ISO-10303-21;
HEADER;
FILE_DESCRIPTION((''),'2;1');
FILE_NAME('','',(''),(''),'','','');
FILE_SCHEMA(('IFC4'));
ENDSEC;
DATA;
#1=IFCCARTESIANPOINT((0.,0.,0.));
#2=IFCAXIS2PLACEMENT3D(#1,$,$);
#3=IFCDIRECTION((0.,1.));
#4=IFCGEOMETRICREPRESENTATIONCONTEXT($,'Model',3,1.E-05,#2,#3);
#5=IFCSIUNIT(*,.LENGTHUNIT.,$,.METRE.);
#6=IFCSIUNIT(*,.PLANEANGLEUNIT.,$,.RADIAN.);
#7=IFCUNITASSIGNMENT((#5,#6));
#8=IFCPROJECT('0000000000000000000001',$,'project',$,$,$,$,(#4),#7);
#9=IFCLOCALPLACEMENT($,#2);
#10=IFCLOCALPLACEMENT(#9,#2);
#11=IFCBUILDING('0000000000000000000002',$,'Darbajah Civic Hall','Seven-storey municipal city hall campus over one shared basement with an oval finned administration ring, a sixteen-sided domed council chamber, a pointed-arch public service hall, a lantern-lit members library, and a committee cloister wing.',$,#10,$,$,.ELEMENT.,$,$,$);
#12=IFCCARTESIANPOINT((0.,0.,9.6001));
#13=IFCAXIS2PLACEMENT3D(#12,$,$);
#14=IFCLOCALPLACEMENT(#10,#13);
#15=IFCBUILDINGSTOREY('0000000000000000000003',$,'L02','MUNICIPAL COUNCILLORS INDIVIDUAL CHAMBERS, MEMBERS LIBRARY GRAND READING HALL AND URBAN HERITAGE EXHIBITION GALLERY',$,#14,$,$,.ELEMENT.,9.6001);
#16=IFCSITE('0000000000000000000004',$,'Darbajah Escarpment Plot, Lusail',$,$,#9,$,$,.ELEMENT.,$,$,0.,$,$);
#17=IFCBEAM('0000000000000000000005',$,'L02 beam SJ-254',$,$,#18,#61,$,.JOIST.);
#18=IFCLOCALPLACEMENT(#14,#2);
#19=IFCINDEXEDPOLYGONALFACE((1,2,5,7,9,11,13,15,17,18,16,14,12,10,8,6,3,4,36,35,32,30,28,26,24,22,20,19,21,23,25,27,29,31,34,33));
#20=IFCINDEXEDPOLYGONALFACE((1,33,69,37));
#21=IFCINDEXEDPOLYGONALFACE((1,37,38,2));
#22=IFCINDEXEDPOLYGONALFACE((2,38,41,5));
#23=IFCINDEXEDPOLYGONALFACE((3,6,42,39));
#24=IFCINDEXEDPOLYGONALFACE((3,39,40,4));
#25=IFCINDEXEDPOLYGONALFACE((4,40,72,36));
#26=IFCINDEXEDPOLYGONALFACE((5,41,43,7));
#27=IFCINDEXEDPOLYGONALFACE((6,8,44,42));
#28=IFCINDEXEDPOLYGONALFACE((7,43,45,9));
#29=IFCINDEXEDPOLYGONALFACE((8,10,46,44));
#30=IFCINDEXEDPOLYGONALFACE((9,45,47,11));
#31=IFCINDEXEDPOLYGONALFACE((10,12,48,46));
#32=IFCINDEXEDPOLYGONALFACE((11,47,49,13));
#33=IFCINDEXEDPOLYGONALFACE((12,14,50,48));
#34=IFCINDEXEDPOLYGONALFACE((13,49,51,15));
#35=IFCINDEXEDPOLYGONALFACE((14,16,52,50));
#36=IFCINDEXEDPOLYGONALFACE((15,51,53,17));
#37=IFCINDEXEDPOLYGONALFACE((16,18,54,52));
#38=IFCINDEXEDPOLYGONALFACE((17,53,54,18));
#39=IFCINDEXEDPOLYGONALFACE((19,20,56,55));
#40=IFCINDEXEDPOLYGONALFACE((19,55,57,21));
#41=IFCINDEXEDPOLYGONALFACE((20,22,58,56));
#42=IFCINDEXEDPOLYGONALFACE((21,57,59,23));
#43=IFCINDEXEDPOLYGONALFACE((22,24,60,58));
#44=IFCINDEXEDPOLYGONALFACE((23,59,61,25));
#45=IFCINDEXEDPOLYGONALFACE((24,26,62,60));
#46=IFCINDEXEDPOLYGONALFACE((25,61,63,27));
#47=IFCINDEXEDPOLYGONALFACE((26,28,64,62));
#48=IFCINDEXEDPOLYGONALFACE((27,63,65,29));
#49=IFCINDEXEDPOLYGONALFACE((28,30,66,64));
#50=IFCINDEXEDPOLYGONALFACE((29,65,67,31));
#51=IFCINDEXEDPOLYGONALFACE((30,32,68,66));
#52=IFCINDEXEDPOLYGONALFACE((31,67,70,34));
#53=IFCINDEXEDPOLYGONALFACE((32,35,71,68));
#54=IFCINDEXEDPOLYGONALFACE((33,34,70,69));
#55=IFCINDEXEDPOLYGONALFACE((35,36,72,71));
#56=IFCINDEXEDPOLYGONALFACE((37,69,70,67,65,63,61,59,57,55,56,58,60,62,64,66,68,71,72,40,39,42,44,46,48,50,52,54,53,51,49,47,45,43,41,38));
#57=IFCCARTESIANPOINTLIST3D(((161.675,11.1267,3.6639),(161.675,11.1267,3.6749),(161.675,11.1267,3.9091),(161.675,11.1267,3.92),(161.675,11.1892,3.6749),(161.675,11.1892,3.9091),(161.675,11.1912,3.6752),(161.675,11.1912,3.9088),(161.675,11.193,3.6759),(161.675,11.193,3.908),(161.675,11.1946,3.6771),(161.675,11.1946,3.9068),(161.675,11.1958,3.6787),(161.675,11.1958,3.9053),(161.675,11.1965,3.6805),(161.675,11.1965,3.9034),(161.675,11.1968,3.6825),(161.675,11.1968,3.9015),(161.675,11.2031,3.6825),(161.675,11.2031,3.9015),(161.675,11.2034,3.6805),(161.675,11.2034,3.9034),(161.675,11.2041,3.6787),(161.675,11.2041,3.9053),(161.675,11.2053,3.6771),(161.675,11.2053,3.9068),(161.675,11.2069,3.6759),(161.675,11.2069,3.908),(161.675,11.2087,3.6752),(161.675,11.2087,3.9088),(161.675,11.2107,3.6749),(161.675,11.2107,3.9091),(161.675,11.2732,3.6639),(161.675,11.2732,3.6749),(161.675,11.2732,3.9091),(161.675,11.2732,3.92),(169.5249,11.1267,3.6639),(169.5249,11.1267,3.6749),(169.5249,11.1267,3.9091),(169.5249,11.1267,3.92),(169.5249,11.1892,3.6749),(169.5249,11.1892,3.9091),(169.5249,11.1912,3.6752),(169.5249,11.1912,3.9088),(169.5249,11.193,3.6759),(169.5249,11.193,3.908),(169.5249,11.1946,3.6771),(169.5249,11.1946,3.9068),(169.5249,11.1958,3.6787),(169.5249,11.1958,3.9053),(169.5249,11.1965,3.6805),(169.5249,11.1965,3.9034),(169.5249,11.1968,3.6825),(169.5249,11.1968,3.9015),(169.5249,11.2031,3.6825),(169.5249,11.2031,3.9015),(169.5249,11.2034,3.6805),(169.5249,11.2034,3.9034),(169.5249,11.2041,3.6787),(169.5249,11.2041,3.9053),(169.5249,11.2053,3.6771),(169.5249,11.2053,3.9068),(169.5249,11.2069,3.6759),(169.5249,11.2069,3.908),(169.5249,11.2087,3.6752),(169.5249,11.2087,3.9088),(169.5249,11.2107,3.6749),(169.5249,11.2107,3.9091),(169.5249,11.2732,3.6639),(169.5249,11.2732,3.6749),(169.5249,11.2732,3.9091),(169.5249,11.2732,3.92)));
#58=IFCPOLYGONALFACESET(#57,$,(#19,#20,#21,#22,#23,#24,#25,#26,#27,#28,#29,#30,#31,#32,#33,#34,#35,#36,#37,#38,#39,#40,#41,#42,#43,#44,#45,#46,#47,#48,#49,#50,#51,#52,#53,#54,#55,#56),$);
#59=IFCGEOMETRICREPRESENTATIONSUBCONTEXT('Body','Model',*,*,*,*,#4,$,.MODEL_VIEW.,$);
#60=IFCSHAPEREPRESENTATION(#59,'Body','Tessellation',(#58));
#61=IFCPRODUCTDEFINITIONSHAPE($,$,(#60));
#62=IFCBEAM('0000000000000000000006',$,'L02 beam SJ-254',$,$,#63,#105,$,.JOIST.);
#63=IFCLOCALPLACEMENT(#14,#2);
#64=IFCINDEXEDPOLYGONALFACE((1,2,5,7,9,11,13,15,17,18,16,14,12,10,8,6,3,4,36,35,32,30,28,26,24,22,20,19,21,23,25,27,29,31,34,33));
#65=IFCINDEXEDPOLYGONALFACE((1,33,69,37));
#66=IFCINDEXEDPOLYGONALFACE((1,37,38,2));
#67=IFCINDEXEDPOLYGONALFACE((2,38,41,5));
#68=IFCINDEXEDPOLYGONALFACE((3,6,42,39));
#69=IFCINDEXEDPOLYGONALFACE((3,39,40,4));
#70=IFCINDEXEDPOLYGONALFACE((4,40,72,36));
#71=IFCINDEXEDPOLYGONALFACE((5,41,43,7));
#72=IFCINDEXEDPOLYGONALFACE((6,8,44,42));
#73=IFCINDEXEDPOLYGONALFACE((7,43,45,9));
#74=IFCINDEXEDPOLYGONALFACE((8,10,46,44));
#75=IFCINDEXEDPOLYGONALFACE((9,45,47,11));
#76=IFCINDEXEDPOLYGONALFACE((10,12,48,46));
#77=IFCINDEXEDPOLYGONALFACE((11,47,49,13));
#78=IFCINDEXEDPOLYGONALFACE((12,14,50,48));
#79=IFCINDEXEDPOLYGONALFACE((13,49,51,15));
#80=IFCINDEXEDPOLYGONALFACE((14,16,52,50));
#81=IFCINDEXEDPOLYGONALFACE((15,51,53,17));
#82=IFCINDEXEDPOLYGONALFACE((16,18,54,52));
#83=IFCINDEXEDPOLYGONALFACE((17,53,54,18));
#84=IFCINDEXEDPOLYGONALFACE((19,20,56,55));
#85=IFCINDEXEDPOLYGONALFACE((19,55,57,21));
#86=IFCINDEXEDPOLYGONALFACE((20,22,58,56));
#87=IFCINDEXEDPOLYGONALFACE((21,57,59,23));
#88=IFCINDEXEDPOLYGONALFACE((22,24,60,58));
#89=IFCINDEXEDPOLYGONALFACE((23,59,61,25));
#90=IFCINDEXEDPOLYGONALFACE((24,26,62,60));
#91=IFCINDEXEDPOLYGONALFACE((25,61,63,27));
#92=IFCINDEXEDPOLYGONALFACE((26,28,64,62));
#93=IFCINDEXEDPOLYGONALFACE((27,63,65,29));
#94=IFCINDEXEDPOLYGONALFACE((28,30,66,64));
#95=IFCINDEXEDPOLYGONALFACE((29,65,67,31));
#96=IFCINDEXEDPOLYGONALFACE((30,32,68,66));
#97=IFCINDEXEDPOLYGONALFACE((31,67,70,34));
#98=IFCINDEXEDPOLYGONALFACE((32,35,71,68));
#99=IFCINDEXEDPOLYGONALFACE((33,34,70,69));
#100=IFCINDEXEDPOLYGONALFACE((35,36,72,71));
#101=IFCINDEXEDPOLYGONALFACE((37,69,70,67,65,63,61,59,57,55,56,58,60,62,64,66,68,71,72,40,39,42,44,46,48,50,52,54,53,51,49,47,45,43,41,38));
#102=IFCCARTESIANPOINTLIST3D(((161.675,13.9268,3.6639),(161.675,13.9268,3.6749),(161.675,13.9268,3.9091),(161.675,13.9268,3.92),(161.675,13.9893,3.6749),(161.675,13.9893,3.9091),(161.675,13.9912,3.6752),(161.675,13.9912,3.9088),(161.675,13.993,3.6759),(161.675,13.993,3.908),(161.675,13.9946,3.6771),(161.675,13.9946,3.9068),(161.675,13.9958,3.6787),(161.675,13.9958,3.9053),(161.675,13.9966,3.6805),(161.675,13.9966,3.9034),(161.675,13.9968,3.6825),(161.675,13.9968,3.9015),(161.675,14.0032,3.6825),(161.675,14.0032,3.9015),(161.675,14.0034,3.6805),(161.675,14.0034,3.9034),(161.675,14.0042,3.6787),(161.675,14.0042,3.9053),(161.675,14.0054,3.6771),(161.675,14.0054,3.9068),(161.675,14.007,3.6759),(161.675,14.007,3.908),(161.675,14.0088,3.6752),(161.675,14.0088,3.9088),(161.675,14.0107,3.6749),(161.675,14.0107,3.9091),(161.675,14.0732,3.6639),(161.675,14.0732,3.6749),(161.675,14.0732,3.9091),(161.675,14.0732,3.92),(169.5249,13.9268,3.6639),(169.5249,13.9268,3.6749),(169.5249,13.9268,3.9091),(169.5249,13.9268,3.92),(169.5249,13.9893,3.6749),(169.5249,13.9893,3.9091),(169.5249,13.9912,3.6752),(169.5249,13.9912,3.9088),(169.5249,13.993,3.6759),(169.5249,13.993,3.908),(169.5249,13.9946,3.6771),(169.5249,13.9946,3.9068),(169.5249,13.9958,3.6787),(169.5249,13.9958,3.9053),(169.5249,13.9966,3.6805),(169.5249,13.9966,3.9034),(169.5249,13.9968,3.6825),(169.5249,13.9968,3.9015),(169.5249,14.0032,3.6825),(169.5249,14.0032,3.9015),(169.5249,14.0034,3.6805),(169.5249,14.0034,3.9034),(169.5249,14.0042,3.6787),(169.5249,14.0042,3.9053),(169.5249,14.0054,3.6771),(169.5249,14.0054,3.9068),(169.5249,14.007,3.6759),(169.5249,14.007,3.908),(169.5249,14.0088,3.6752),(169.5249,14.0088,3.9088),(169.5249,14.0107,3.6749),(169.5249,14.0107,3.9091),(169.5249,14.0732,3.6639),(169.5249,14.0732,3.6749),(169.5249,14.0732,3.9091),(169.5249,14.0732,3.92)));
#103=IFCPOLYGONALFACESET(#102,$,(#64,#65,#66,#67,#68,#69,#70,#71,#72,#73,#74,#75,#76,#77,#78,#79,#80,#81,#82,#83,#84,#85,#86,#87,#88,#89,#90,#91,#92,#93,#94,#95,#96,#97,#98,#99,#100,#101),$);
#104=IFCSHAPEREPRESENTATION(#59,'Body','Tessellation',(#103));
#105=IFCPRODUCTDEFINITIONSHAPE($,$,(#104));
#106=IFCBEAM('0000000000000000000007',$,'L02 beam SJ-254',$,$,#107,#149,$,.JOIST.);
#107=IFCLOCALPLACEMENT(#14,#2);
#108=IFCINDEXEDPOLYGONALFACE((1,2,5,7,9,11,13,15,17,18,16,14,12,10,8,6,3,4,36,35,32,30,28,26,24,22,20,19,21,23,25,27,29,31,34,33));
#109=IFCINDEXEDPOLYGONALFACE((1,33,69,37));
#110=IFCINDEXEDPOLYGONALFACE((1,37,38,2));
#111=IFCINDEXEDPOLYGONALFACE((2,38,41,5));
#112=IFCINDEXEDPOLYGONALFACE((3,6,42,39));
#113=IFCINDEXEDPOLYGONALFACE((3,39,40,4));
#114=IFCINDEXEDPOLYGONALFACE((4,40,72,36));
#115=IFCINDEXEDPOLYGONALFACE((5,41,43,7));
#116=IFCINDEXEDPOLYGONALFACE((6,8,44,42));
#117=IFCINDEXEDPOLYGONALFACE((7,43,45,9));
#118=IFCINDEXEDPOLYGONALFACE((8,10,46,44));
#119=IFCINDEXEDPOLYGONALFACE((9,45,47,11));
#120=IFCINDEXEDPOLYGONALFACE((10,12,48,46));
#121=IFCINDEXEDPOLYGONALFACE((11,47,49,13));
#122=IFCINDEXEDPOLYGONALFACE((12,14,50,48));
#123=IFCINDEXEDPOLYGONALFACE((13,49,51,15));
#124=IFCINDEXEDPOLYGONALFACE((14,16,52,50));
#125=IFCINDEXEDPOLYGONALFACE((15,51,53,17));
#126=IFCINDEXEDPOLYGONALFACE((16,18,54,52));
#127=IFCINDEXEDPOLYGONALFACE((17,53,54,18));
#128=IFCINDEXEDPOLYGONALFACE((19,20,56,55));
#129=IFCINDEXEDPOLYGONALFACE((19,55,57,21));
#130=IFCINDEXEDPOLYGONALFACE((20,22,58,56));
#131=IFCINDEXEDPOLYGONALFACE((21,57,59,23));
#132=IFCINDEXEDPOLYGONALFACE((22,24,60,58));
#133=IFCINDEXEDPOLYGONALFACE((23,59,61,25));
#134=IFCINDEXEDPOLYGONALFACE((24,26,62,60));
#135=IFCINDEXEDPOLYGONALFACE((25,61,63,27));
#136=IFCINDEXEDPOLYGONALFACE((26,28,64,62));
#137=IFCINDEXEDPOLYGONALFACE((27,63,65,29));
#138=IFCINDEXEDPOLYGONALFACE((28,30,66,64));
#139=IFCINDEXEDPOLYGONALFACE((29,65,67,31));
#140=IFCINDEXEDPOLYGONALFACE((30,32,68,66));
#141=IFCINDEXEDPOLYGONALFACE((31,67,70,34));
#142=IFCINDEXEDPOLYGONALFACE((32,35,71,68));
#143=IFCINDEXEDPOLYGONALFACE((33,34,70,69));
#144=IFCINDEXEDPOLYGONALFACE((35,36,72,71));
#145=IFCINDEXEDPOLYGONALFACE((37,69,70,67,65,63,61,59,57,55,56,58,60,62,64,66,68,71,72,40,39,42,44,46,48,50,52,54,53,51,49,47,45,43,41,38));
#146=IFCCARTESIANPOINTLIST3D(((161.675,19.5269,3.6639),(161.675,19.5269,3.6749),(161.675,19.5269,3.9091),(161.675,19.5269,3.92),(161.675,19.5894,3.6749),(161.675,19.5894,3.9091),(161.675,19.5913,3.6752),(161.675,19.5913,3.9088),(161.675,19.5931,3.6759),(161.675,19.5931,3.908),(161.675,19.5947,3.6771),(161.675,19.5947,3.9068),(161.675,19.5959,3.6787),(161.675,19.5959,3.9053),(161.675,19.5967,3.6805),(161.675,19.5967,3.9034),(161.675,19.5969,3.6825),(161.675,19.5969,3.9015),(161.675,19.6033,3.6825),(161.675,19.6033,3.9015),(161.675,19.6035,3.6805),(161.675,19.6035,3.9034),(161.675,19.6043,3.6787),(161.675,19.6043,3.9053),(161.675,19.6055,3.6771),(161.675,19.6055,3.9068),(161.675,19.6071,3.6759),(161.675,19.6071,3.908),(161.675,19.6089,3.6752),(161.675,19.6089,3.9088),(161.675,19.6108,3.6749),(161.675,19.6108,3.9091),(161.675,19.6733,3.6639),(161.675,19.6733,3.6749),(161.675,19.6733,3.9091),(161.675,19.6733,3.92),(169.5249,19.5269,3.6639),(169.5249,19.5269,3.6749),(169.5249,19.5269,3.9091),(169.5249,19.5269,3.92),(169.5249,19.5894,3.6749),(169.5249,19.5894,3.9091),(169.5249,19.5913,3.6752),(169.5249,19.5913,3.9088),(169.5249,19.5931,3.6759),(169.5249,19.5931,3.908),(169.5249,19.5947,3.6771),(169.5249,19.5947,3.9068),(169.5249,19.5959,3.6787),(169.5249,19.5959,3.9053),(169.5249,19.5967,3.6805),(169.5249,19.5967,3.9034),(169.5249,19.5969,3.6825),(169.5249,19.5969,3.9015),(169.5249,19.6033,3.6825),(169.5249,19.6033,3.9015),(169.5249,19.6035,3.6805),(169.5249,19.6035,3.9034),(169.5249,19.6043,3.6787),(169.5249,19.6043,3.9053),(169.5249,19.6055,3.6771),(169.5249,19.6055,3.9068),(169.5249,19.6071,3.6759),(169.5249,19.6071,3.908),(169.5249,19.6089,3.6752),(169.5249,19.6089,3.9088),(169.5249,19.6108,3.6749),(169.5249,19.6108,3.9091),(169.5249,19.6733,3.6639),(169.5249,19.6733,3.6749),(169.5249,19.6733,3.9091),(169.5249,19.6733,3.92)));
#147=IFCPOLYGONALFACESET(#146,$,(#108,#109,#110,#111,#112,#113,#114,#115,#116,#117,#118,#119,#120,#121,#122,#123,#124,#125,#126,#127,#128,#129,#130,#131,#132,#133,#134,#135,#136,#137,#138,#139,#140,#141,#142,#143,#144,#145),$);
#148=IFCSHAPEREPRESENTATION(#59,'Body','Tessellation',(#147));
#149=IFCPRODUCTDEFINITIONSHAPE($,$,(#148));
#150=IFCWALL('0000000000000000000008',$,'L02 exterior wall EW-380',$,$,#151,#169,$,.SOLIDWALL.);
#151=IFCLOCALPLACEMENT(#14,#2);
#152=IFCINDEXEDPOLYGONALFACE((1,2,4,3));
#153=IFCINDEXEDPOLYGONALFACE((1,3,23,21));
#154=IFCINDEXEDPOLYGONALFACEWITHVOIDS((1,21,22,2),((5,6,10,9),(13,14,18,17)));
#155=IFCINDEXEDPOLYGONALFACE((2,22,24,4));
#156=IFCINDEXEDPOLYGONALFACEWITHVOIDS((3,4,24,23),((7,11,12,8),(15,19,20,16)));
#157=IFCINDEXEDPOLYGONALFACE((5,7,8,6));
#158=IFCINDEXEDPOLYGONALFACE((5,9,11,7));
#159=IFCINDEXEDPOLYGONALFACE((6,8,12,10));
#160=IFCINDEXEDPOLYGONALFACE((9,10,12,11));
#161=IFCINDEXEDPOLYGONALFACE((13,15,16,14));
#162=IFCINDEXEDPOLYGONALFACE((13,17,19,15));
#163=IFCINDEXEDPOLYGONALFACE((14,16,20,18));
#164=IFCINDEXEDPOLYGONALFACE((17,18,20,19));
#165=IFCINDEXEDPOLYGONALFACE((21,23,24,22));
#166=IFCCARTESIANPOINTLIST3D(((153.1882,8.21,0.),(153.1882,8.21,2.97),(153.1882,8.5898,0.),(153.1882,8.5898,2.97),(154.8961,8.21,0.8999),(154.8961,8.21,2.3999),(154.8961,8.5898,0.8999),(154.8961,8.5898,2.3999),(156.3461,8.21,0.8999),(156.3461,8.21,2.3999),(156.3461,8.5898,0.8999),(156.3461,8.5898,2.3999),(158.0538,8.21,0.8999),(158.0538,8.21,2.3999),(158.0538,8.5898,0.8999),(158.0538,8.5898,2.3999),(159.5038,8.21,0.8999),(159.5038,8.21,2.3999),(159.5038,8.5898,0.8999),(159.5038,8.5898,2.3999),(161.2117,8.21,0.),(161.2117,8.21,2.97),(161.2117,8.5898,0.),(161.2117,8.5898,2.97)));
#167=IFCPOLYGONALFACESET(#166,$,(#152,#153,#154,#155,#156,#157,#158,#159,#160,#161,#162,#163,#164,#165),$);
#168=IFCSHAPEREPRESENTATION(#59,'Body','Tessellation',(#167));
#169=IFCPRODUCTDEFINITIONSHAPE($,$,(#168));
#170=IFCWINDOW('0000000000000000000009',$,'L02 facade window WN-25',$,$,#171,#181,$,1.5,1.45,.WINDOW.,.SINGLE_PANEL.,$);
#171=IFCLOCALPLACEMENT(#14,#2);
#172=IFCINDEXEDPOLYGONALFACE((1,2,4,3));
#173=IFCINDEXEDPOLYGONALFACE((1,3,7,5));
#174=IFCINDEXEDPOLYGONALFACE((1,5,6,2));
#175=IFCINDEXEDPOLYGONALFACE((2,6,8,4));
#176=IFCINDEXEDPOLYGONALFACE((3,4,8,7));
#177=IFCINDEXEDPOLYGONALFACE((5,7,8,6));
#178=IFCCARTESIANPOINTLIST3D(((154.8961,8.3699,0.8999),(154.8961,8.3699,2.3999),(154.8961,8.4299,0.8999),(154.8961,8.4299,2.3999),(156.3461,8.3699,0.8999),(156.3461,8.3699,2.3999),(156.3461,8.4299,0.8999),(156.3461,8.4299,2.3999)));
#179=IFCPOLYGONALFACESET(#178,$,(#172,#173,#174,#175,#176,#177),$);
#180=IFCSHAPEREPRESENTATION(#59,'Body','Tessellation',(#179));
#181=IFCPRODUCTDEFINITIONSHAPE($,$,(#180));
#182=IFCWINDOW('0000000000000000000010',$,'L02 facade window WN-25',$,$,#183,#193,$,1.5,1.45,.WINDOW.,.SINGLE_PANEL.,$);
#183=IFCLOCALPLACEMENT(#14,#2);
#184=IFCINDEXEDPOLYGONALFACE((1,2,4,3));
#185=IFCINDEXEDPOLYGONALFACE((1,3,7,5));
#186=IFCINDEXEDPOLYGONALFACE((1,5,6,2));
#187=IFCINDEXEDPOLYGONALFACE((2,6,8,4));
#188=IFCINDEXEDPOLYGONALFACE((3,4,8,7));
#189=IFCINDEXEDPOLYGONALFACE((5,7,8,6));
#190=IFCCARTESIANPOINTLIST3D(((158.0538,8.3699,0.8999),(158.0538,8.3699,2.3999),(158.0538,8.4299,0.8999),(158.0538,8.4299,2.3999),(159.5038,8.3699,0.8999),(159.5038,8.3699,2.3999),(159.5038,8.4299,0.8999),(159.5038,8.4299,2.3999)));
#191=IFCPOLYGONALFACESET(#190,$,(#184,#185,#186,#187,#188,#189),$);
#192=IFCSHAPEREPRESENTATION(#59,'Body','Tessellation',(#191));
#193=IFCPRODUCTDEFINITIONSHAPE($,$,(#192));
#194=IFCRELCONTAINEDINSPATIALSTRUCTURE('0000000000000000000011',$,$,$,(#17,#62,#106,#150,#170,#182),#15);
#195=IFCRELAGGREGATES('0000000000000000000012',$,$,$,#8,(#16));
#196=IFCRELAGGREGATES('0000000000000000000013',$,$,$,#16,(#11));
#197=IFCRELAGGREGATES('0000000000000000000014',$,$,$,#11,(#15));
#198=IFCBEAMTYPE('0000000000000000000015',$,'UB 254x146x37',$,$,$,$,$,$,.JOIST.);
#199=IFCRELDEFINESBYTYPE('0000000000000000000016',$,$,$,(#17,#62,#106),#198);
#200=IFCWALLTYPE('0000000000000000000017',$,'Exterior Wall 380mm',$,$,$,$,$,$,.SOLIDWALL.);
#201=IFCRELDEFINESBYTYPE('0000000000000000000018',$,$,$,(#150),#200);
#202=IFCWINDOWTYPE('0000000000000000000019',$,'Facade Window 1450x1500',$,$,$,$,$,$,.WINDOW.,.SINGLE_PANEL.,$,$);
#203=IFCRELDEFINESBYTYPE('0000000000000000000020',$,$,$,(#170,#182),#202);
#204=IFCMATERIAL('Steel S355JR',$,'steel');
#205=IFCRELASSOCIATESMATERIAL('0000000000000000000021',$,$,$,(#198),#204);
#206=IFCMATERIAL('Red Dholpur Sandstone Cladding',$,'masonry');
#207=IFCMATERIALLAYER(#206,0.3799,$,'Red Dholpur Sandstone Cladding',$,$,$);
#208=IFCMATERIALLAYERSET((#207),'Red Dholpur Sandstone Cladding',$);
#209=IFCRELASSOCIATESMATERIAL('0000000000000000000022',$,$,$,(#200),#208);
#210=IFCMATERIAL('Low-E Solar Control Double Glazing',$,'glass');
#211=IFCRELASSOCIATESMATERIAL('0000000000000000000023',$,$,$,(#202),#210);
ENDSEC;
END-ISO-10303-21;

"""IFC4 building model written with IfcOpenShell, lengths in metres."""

from ifc_helpers import new_model, si_unit, direction, frame, frame_2d, origin, origin_2d, place, context, subcontext, project, spatial, rectangle, i_section, extrude, material, layer, layer_set, material_profile, profile_set, type_object, element, fill, save


model = new_model("IFC4")

# Units and contexts
model_context = context("Model", 3, precision=1e-05, world=origin(), true_north=direction((0.0, 1.0)))
body_context = subcontext(model_context, "Body", "Model", "MODEL_VIEW")
ifc_project = project(units=[si_unit("LENGTHUNIT", "METRE"), si_unit("PLANEANGLEUNIT", "RADIAN")], contexts=[model_context])

# Site, building, storey
site_placement = place(None, origin())
site = spatial("IfcSite", under=ifc_project, at=site_placement, Name="Darbajah Escarpment Plot, Lusail", CompositionType="ELEMENT", RefElevation=0.0)
building_placement = place(site_placement, origin())
building = spatial("IfcBuilding", under=site, at=building_placement, Name="Darbajah Civic Hall", Description="Seven-storey municipal city hall campus over one shared basement with an oval finned administration ring, a sixteen-sided domed council chamber, a pointed-arch public service hall, a lantern-lit members library, and a committee cloister wing.", CompositionType="ELEMENT")
storey_placement = place(building_placement, frame((0.0, 0.0, 9.6001)))
storey = spatial("IfcBuildingStorey", under=building, at=storey_placement, Name="L02", Description="MUNICIPAL COUNCILLORS INDIVIDUAL CHAMBERS, MEMBERS LIBRARY GRAND READING HALL AND URBAN HERITAGE EXHIBITION GALLERY", CompositionType="ELEMENT", Elevation=9.6001)

# Shared definitions
ifc_material_1 = material(Name="Steel S355JR", Category="steel")

# Beams
ifc_material_profile_1 = material_profile(ifc_material_1, i_section(OverallWidth=0.1465, OverallDepth=0.2561, WebThickness=0.0063, FlangeThickness=0.011, FilletRadius=0.0076, at=origin_2d()), Name="UB 254x146x37")
ifc_profile_set_1 = profile_set([ifc_material_profile_1], Name="Steel S355JR")
beam_type_1 = type_object("IfcBeamType", Name="UB 254x146x37", PredefinedType="JOIST", material=ifc_profile_set_1)
for number, where, z_axis, x_axis, name in (
    (1, (161.675, 11.2, 3.792), (1.0, 0.0, 0.0), (0.0, 1.0, 0.0), "L02 beam SJ-254"),
    (2, (161.675, 14.0, 3.792), (1.0, 0.0, 0.0), (0.0, 1.0, 0.0), "L02 beam SJ-254"),
    (3, (161.675, 19.6001, 3.792), (1.0, 0.0, 0.0), (0.0, 1.0, 0.0), "L02 beam SJ-254"),
):
    element("IfcBeam", number, at=place(storey_placement, frame(where, z_axis=z_axis, x_axis=x_axis)), inside=storey, type_object=beam_type_1, Name=name, PredefinedType="JOIST", context=body_context, shape_type="SweptSolid", body=[
        extrude(i_section(OverallWidth=0.1465, OverallDepth=0.2561, WebThickness=0.0063, FlangeThickness=0.011, FilletRadius=0.0076, at=origin_2d()), origin(), (0.0, 0.0, 1.0), 7.8499),
    ])

# Wall, openings, windows
ifc_material_2 = material(Name="Red Dholpur Sandstone Cladding", Category="masonry")
ifc_layer_1 = layer(ifc_material_2, 0.3799, Name="Red Dholpur Sandstone Cladding")
ifc_layer_set_1 = layer_set([ifc_layer_1], Name="Red Dholpur Sandstone Cladding")
wall_type_1 = type_object("IfcWallType", Name="Exterior Wall 380mm", PredefinedType="SOLIDWALL", material=ifc_layer_set_1)
wall_1_placement = place(storey_placement, frame((153.1882, 8.3999, 0.0), z_axis=(0.0, 0.0, 1.0), x_axis=(1.0, 0.0, 0.0)))
wall_1 = element("IfcWall", 4, at=wall_1_placement, inside=storey, type_object=wall_type_1, Name="L02 exterior wall EW-380", PredefinedType="SOLIDWALL", context=body_context, shape_type="SweptSolid", body=[
    extrude(rectangle(XDim=8.0234, YDim=0.3799, at=frame_2d((4.0117, 0.0))), origin(), (0.0, 0.0, 1.0), 2.97),
])
opening_1_placement = place(wall_1_placement, frame((1.7078, 0.0, 0.8999)))
opening_1 = element("IfcOpeningElement", 5, at=opening_1_placement, cuts=wall_1, PredefinedType="OPENING", context=body_context, shape_type="SweptSolid", body=[
    extrude(rectangle(XDim=1.45, YDim=1.5, at=frame_2d((0.7251, 0.75))), frame((0.0, 0.2, 0.0), z_axis=(0.0, -1.0, 0.0), x_axis=(1.0, 0.0, 0.0)), (0.0, 0.0, 1.0), 0.3999),
])
opening_2_placement = place(wall_1_placement, frame((4.8655, 0.0, 0.8999)))
opening_2 = element("IfcOpeningElement", 6, at=opening_2_placement, cuts=wall_1, PredefinedType="OPENING", context=body_context, shape_type="SweptSolid", body=[
    extrude(rectangle(XDim=1.45, YDim=1.5, at=frame_2d((0.7251, 0.75))), frame((0.0, 0.2, 0.0), z_axis=(0.0, -1.0, 0.0), x_axis=(1.0, 0.0, 0.0)), (0.0, 0.0, 1.0), 0.3999),
])
ifc_material_3 = material(Name="Low-E Solar Control Double Glazing", Category="glass")
window_type = type_object("IfcWindowType", Name="Facade Window 1450x1500", PartitioningType="SINGLE_PANEL", PredefinedType="WINDOW", material=ifc_material_3)
window_1_placement = place(opening_1_placement, origin())
window_1 = element("IfcWindow", 7, at=window_1_placement, inside=storey, type_object=window_type, Name="L02 facade window WN-25", OverallHeight=1.5, OverallWidth=1.45, PartitioningType="SINGLE_PANEL", PredefinedType="WINDOW", context=body_context, shape_type="SweptSolid", body=[
    extrude(rectangle(XDim=1.45, YDim=1.5, at=frame_2d((0.7251, 0.75))), frame((0.0, 0.03, 0.0), z_axis=(0.0, -1.0, 0.0), x_axis=(1.0, 0.0, 0.0)), (0.0, 0.0, 1.0), 0.0601),
])
fill(opening_1, window_1)
window_2_placement = place(opening_2_placement, origin())
window_2 = element("IfcWindow", 8, at=window_2_placement, inside=storey, type_object=window_type, Name="L02 facade window WN-25", OverallHeight=1.5, OverallWidth=1.45, PartitioningType="SINGLE_PANEL", PredefinedType="WINDOW", context=body_context, shape_type="SweptSolid", body=[
    extrude(rectangle(XDim=1.45, YDim=1.5, at=frame_2d((0.7251, 0.75))), frame((0.0, 0.03, 0.0), z_axis=(0.0, -1.0, 0.0), x_axis=(1.0, 0.0, 0.0)), (0.0, 0.0, 1.0), 0.0601),
])
fill(opening_2, window_2)

save(model, "model.ifc")
